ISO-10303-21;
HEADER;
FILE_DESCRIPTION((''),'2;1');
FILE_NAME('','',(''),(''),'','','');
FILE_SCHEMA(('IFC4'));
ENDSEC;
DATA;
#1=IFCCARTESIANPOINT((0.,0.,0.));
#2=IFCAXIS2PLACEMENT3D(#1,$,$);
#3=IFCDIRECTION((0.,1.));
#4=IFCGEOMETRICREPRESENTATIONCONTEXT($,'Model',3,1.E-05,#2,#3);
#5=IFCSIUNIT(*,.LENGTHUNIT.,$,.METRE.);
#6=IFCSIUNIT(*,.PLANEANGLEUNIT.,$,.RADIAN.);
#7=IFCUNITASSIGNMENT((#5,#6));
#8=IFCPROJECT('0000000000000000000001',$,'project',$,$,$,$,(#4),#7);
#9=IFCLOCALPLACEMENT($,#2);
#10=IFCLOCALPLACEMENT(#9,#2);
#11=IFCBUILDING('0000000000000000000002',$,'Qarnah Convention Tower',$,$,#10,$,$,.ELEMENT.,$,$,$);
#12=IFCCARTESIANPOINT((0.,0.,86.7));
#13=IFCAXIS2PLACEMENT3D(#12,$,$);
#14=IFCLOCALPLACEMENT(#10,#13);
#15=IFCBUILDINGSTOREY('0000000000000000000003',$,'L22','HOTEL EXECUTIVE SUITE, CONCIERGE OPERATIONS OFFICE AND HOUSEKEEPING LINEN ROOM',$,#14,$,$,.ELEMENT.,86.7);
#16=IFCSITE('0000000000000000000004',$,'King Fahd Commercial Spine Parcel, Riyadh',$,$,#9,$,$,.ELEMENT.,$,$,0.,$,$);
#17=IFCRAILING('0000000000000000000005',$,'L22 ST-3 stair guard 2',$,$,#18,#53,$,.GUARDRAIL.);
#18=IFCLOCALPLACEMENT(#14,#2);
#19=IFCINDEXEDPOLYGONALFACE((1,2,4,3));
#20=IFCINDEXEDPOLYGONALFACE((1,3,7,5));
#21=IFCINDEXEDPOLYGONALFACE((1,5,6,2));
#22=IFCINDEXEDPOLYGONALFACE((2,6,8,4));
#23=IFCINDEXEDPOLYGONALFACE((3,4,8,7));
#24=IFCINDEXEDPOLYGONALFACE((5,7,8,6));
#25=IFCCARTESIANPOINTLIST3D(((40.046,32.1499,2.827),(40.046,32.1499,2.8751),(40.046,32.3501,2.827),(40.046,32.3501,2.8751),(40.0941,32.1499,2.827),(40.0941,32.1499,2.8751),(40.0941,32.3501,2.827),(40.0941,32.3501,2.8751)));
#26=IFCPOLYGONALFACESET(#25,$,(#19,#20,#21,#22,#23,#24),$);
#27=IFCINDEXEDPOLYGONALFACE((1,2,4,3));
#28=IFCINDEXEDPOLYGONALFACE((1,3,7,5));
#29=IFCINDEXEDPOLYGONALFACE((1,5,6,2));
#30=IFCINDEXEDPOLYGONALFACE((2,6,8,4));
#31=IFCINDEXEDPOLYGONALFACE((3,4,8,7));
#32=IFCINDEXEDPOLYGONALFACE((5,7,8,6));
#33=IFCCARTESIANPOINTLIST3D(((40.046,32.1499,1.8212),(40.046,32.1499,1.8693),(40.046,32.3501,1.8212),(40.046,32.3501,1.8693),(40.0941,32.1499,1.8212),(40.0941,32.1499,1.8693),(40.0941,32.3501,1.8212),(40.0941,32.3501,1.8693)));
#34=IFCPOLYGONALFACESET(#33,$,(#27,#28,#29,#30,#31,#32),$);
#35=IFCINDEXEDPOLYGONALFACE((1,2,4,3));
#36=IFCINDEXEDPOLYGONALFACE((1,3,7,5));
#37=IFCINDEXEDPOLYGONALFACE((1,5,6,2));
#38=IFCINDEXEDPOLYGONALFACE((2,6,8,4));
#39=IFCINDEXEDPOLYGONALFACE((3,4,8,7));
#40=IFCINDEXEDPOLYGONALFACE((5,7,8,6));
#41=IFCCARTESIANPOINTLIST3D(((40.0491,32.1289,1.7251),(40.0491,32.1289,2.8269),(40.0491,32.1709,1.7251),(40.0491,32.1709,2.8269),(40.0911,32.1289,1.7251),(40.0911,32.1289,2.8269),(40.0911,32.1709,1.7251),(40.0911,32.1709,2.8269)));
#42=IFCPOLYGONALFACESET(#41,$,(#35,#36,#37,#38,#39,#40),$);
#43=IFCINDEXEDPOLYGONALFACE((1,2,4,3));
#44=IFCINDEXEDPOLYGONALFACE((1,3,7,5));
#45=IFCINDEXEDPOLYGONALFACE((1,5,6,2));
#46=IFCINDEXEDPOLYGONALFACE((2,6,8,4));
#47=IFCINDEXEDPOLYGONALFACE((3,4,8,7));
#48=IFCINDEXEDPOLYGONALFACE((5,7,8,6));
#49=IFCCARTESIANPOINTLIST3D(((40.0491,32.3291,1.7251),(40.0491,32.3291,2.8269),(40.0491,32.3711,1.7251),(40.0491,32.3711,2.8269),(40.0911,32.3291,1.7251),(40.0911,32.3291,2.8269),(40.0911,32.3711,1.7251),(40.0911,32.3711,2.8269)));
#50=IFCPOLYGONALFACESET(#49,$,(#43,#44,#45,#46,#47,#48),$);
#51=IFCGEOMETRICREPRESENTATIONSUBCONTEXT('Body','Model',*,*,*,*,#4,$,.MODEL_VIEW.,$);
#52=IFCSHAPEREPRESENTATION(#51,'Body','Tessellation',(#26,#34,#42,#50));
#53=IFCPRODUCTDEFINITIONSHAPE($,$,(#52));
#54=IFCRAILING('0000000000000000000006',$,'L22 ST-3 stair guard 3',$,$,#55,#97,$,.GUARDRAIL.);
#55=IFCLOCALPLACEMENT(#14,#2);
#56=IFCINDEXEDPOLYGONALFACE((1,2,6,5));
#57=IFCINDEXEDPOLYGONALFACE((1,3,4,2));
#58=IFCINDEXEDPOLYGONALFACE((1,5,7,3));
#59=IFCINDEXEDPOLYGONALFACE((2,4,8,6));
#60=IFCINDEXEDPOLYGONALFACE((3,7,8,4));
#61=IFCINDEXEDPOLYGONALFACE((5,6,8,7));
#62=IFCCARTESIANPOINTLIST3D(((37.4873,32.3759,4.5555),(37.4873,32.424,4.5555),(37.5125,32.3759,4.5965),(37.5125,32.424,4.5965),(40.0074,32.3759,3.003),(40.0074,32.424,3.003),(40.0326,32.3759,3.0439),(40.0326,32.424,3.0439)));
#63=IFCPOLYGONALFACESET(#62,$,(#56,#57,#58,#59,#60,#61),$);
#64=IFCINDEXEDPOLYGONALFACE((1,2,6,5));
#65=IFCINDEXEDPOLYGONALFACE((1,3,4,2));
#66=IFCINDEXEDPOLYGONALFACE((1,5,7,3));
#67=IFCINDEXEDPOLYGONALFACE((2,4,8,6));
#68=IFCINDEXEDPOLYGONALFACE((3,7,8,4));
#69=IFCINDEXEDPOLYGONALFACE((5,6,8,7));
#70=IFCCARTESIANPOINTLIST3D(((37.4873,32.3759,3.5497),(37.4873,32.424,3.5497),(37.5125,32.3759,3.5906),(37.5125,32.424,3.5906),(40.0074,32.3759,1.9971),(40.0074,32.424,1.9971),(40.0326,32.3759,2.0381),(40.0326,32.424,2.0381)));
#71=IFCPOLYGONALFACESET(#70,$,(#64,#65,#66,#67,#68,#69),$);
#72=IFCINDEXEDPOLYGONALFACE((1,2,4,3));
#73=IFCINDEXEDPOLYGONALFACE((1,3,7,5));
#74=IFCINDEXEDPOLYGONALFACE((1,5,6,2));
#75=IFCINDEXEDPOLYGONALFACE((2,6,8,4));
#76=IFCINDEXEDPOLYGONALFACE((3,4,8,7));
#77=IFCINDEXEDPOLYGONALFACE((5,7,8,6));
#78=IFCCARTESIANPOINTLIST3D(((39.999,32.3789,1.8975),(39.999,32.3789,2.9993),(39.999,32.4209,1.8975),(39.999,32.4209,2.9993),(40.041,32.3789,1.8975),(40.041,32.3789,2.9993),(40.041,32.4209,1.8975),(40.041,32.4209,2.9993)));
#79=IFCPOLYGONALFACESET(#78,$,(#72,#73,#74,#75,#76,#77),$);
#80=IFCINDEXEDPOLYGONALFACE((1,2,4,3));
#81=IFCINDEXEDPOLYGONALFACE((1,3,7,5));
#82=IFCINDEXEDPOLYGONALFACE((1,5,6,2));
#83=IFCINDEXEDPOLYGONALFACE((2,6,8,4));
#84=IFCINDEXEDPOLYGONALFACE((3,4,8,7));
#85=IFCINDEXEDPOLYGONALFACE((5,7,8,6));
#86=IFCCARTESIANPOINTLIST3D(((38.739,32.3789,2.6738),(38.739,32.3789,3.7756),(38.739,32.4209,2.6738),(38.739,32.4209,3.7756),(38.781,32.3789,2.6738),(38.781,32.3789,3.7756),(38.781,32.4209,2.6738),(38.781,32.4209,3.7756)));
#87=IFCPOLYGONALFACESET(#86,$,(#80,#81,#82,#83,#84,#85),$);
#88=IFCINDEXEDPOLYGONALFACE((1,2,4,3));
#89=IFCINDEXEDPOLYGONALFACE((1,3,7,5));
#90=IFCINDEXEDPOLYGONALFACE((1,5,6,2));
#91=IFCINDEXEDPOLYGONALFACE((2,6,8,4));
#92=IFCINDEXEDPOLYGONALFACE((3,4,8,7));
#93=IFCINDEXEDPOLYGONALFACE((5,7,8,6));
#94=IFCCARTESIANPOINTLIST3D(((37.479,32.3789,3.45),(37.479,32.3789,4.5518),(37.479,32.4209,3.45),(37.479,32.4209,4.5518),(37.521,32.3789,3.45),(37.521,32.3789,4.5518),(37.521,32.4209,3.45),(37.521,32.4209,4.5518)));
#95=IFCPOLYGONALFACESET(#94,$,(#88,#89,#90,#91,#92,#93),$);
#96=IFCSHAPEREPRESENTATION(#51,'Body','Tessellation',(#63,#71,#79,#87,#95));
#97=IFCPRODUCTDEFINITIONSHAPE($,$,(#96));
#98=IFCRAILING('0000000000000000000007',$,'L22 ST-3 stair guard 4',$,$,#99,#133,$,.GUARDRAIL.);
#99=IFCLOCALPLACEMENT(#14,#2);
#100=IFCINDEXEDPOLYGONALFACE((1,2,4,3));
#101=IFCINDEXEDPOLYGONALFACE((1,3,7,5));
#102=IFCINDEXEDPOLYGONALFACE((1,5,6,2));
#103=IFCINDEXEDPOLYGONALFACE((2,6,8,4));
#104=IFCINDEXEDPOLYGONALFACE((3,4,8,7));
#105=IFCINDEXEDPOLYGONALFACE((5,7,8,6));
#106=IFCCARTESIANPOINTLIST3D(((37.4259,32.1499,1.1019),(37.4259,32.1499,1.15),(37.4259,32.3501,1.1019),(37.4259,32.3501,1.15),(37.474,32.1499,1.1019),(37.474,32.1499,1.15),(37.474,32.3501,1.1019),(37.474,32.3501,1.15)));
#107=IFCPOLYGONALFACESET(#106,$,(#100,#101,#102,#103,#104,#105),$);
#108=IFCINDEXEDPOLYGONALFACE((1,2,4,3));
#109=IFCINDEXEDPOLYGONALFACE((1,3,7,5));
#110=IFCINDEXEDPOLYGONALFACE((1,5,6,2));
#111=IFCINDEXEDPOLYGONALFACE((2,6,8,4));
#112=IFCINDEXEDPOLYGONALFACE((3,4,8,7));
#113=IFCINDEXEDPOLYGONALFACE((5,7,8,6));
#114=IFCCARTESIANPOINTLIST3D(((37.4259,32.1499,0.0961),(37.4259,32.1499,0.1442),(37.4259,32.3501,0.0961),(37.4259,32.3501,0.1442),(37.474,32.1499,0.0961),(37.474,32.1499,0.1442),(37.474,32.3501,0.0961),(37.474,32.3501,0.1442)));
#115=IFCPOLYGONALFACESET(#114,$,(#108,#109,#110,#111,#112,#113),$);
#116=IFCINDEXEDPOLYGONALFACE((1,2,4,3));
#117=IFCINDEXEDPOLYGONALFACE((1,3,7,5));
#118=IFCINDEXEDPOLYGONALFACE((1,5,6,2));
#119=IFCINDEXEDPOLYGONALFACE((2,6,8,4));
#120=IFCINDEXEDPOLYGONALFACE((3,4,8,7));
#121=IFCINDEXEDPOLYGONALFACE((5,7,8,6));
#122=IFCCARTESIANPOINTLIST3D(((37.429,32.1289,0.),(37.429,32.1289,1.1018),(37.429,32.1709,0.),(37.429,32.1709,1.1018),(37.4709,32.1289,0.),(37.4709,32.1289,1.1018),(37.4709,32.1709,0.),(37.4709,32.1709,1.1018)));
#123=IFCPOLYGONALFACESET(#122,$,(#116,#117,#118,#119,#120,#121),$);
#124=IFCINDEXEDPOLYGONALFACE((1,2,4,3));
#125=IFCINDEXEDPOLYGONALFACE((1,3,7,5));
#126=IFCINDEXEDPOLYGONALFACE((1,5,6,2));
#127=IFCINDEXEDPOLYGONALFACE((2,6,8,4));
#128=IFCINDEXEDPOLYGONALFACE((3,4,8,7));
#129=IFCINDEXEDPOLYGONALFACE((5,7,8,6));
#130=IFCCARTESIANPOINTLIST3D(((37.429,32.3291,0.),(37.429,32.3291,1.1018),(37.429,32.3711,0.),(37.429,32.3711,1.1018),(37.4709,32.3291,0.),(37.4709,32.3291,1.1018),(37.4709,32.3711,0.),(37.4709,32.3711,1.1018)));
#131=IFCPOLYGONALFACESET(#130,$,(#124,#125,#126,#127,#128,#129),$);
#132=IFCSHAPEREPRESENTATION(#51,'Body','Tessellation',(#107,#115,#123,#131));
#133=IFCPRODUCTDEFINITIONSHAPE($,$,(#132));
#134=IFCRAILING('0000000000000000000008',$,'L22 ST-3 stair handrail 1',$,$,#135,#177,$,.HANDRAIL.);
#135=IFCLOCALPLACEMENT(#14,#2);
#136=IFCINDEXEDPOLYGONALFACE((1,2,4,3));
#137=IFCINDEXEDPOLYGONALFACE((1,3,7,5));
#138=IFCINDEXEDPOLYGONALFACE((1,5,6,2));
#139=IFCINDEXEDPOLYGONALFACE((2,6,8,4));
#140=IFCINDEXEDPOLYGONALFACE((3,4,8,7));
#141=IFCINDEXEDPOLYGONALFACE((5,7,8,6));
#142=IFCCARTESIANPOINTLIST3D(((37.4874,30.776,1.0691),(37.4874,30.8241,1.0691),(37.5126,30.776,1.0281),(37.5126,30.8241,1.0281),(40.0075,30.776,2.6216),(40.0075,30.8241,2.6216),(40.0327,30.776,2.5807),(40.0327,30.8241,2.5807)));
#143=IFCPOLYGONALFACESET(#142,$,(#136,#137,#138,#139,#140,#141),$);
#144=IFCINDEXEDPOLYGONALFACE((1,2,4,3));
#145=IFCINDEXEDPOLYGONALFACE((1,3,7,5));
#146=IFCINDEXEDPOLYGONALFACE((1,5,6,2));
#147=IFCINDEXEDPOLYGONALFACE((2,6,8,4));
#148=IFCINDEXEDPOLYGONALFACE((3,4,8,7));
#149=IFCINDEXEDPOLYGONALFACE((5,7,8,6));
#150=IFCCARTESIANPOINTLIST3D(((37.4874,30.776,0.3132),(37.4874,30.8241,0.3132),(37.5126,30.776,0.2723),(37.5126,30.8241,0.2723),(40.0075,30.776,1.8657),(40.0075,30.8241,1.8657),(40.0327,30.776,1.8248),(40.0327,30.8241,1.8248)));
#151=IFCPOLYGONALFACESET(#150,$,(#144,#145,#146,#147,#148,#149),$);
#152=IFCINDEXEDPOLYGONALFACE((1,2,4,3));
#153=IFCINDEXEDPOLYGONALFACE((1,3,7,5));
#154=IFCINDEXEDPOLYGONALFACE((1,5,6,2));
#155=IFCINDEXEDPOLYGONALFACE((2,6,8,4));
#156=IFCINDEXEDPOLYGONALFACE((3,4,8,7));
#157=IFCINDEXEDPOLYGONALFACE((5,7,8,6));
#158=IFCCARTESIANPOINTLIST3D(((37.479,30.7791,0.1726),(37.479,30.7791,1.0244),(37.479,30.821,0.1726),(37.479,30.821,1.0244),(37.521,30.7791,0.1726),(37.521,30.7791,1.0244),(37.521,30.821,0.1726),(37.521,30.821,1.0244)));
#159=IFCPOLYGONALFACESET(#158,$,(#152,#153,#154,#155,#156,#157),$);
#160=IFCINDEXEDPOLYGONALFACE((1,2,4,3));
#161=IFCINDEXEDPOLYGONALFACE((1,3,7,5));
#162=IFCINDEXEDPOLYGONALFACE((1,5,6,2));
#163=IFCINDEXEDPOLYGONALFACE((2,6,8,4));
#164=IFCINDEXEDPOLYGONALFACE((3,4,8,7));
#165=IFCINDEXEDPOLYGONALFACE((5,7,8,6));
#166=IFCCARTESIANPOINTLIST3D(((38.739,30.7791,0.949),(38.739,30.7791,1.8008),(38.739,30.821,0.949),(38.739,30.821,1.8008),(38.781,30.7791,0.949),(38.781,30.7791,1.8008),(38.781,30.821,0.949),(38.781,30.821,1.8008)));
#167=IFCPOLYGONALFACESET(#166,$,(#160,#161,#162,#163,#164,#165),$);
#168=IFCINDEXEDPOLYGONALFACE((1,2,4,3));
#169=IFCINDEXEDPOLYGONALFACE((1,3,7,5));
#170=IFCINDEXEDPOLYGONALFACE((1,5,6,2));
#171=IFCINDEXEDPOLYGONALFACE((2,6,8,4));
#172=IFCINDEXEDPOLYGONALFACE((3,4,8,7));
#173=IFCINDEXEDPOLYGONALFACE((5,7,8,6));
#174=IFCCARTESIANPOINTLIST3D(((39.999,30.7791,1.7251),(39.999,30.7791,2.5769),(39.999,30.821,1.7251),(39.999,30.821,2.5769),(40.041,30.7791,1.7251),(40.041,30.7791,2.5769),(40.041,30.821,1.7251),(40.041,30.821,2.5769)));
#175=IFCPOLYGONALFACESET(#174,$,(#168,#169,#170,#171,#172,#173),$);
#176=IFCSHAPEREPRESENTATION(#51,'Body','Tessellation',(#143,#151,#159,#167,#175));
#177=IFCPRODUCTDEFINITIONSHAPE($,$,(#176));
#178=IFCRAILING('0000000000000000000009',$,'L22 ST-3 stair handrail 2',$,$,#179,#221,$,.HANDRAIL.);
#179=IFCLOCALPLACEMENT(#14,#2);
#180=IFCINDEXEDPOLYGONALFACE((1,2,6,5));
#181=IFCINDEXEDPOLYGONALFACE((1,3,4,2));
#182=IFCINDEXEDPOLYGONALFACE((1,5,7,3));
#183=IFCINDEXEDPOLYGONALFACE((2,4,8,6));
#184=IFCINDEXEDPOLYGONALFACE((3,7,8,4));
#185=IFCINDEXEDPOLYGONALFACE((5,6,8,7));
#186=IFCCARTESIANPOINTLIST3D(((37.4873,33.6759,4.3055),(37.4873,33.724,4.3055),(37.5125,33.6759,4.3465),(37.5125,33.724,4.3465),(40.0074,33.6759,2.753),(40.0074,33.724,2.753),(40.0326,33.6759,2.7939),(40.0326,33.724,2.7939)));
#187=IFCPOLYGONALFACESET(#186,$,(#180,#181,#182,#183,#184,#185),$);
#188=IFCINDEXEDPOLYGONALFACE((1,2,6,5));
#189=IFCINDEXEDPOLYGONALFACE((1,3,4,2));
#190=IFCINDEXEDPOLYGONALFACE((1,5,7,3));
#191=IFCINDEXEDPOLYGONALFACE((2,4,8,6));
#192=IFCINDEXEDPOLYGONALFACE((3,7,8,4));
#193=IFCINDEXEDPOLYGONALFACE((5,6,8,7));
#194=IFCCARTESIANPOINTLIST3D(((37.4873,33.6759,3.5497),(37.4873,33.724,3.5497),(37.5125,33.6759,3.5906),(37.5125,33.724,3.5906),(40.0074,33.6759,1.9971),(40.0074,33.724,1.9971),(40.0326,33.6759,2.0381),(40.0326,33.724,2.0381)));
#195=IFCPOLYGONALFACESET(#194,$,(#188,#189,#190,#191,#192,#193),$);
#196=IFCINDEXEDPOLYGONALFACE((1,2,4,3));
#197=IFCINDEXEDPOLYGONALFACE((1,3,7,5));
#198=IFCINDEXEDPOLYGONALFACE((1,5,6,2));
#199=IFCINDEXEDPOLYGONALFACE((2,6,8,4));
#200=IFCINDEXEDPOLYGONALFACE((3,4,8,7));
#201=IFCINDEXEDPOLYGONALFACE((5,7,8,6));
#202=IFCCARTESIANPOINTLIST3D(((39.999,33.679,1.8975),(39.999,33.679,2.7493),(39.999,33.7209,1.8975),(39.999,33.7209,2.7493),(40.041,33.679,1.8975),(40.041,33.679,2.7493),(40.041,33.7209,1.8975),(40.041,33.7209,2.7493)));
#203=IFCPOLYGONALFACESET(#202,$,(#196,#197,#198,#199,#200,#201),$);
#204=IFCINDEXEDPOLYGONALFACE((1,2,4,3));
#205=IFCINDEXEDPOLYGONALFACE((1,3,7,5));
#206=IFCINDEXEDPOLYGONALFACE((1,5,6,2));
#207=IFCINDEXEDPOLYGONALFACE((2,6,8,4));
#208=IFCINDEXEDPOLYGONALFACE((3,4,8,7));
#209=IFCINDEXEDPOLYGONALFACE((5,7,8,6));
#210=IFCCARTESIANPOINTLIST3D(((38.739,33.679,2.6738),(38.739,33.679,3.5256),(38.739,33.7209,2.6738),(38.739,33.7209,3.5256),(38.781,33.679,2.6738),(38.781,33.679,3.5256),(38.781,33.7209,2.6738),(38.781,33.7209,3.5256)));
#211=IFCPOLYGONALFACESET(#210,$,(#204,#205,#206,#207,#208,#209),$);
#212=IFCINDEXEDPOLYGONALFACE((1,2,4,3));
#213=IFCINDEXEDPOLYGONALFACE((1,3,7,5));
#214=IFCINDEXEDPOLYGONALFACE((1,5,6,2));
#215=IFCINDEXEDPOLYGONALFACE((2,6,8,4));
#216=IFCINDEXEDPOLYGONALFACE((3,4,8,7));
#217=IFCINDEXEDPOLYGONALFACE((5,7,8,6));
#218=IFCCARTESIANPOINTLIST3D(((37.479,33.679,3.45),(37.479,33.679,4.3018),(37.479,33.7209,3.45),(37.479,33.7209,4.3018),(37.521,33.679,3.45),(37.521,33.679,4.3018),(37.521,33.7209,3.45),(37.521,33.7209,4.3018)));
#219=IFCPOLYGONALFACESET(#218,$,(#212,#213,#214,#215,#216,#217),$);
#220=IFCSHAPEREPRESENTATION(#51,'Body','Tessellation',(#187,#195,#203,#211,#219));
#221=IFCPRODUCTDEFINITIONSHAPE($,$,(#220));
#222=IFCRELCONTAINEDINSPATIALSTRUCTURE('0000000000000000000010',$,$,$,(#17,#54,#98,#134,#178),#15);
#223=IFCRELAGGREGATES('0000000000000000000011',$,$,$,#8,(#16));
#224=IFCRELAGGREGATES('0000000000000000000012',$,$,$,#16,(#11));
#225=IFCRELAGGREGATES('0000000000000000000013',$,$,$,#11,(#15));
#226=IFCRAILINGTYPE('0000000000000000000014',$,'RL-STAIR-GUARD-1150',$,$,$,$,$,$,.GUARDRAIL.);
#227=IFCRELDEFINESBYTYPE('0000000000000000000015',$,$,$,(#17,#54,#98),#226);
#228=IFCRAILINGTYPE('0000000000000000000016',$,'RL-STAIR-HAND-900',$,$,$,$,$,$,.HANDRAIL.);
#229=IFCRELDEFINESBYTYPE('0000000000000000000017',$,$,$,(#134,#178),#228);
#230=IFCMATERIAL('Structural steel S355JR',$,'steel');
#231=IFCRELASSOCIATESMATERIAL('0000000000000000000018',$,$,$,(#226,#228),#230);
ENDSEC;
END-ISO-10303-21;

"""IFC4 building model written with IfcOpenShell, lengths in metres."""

from ifc_helpers import new_model, si_unit, direction, frame, origin, origin_2d, place, context, subcontext, project, spatial, rectangle, extrude, material, type_object, element, save


model = new_model("IFC4")

# Units and contexts
model_context = context("Model", 3, precision=1e-05, world=origin(), true_north=direction((0.0, 1.0)))
body_context = subcontext(model_context, "Body", "Model", "MODEL_VIEW")
ifc_project = project(units=[si_unit("LENGTHUNIT", "METRE"), si_unit("PLANEANGLEUNIT", "RADIAN")], contexts=[model_context])

# Site, building, storey
site_placement = place(None, origin())
site = spatial("IfcSite", under=ifc_project, at=site_placement, Name="King Fahd Commercial Spine Parcel, Riyadh", CompositionType="ELEMENT", RefElevation=0.0)
building_placement = place(site_placement, origin())
building = spatial("IfcBuilding", under=site, at=building_placement, Name="Qarnah Convention Tower", CompositionType="ELEMENT")
storey_placement = place(building_placement, frame((0.0, 0.0, 86.7)))
storey = spatial("IfcBuildingStorey", under=building, at=storey_placement, Name="L22", Description="HOTEL EXECUTIVE SUITE, CONCIERGE OPERATIONS OFFICE AND HOUSEKEEPING LINEN ROOM", CompositionType="ELEMENT", Elevation=86.7)

# Shared definitions
ifc_material_1 = material(Name="Structural steel S355JR", Category="steel")

# Railings
railing_type_1 = type_object("IfcRailingType", Name="RL-STAIR-GUARD-1150", PredefinedType="GUARDRAIL", material=ifc_material_1)
railing_1_placement = place(storey_placement, frame((40.0701, 32.1499, 1.7251)))
element("IfcRailing", 1, at=railing_1_placement, inside=storey, type_object=railing_type_1, Name="L22 ST-3 stair guard 2", PredefinedType="GUARDRAIL", context=body_context, shape_type="SweptSolid", body=[
    extrude(rectangle(XDim=0.0481, YDim=0.0481, at=origin_2d()), frame((0.0, 0.0, 1.126), z_axis=(0.0, 1.0, 0.0), x_axis=(-1.0, 0.0, 0.0)), (0.0, 0.0, 1.0), 0.2002),
    extrude(rectangle(XDim=0.0481, YDim=0.0481, at=origin_2d()), frame((0.0, 0.0, 0.1201), z_axis=(0.0, 1.0, 0.0), x_axis=(-1.0, 0.0, 0.0)), (0.0, 0.0, 1.0), 0.2002),
    extrude(rectangle(XDim=0.042, YDim=0.042, at=origin_2d()), origin(), (0.0, 0.0, 1.0), 1.1018),
    extrude(rectangle(XDim=0.042, YDim=0.042, at=origin_2d()), frame((0.0, 0.2002, 0.0)), (0.0, 0.0, 1.0), 1.1018),
])
railing_2_placement = place(storey_placement, frame((40.02, 32.3999, 1.8975)))
element("IfcRailing", 2, at=railing_2_placement, inside=storey, type_object=railing_type_1, Name="L22 ST-3 stair guard 3", PredefinedType="GUARDRAIL", context=body_context, shape_type="SweptSolid", body=[
    extrude(rectangle(XDim=0.0481, YDim=0.0481, at=origin_2d()), frame((0.0, 0.0, 1.126), z_axis=(-0.8514, 0.0, 0.524516), x_axis=(0.0, -1.0, 0.0)), (0.0, 0.0, 1.0), 2.96),
    extrude(rectangle(XDim=0.0481, YDim=0.0481, at=origin_2d()), frame((0.0, 0.0, 0.1201), z_axis=(-0.8514, 0.0, 0.524516), x_axis=(0.0, -1.0, 0.0)), (0.0, 0.0, 1.0), 2.96),
    extrude(rectangle(XDim=0.042, YDim=0.042, at=origin_2d()), origin(), (0.0, 0.0, 1.0), 1.1018),
    extrude(rectangle(XDim=0.042, YDim=0.042, at=origin_2d()), frame((-1.26, 0.0, 0.7764)), (0.0, 0.0, 1.0), 1.1018),
    extrude(rectangle(XDim=0.042, YDim=0.042, at=origin_2d()), frame((-2.52, 0.0, 1.5525)), (0.0, 0.0, 1.0), 1.1018),
])
railing_3_placement = place(storey_placement, frame((37.45, 32.1499, 0.0)))
element("IfcRailing", 3, at=railing_3_placement, inside=storey, type_object=railing_type_1, Name="L22 ST-3 stair guard 4", PredefinedType="GUARDRAIL", context=body_context, shape_type="SweptSolid", body=[
    extrude(rectangle(XDim=0.0481, YDim=0.0481, at=origin_2d()), frame((0.0, 0.0, 1.126), z_axis=(0.0, 1.0, 0.0), x_axis=(-1.0, 0.0, 0.0)), (0.0, 0.0, 1.0), 0.2002),
    extrude(rectangle(XDim=0.0481, YDim=0.0481, at=origin_2d()), frame((0.0, 0.0, 0.1201), z_axis=(0.0, 1.0, 0.0), x_axis=(-1.0, 0.0, 0.0)), (0.0, 0.0, 1.0), 0.2002),
    extrude(rectangle(XDim=0.042, YDim=0.042, at=origin_2d()), origin(), (0.0, 0.0, 1.0), 1.1018),
    extrude(rectangle(XDim=0.042, YDim=0.042, at=origin_2d()), frame((0.0, 0.2002, 0.0)), (0.0, 0.0, 1.0), 1.1018),
])
railing_type_2 = type_object("IfcRailingType", Name="RL-STAIR-HAND-900", PredefinedType="HANDRAIL", material=ifc_material_1)
railing_4_placement = place(storey_placement, frame((37.5, 30.8, 0.1726)))
element("IfcRailing", 4, at=railing_4_placement, inside=storey, type_object=railing_type_2, Name="L22 ST-3 stair handrail 1", PredefinedType="HANDRAIL", context=body_context, shape_type="SweptSolid", body=[
    extrude(rectangle(XDim=0.0481, YDim=0.0481, at=origin_2d()), frame((0.0, 0.0, 0.876), z_axis=(0.8514, 0.0, 0.524516), x_axis=(0.0, 1.0, 0.0)), (0.0, 0.0, 1.0), 2.96),
    extrude(rectangle(XDim=0.0481, YDim=0.0481, at=origin_2d()), frame((0.0, 0.0, 0.1201), z_axis=(0.8514, 0.0, 0.524516), x_axis=(0.0, 1.0, 0.0)), (0.0, 0.0, 1.0), 2.96),
    extrude(rectangle(XDim=0.042, YDim=0.042, at=origin_2d()), origin(), (0.0, 0.0, 1.0), 0.8518),
    extrude(rectangle(XDim=0.042, YDim=0.042, at=origin_2d()), frame((1.26, 0.0, 0.7764)), (0.0, 0.0, 1.0), 0.8518),
    extrude(rectangle(XDim=0.042, YDim=0.042, at=origin_2d()), frame((2.52, 0.0, 1.5525)), (0.0, 0.0, 1.0), 0.8518),
])
railing_5_placement = place(storey_placement, frame((40.02, 33.7, 1.8975)))
element("IfcRailing", 5, at=railing_5_placement, inside=storey, type_object=railing_type_2, Name="L22 ST-3 stair handrail 2", PredefinedType="HANDRAIL", context=body_context, shape_type="SweptSolid", body=[
    extrude(rectangle(XDim=0.0481, YDim=0.0481, at=origin_2d()), frame((0.0, 0.0, 0.876), z_axis=(-0.8514, 0.0, 0.524516), x_axis=(0.0, -1.0, 0.0)), (0.0, 0.0, 1.0), 2.96),
    extrude(rectangle(XDim=0.0481, YDim=0.0481, at=origin_2d()), frame((0.0, 0.0, 0.1201), z_axis=(-0.8514, 0.0, 0.524516), x_axis=(0.0, -1.0, 0.0)), (0.0, 0.0, 1.0), 2.96),
    extrude(rectangle(XDim=0.042, YDim=0.042, at=origin_2d()), origin(), (0.0, 0.0, 1.0), 0.8518),
    extrude(rectangle(XDim=0.042, YDim=0.042, at=origin_2d()), frame((-1.26, 0.0, 0.7764)), (0.0, 0.0, 1.0), 0.8518),
    extrude(rectangle(XDim=0.042, YDim=0.042, at=origin_2d()), frame((-2.52, 0.0, 1.5525)), (0.0, 0.0, 1.0), 0.8518),
])

save(model, "model.ifc")
